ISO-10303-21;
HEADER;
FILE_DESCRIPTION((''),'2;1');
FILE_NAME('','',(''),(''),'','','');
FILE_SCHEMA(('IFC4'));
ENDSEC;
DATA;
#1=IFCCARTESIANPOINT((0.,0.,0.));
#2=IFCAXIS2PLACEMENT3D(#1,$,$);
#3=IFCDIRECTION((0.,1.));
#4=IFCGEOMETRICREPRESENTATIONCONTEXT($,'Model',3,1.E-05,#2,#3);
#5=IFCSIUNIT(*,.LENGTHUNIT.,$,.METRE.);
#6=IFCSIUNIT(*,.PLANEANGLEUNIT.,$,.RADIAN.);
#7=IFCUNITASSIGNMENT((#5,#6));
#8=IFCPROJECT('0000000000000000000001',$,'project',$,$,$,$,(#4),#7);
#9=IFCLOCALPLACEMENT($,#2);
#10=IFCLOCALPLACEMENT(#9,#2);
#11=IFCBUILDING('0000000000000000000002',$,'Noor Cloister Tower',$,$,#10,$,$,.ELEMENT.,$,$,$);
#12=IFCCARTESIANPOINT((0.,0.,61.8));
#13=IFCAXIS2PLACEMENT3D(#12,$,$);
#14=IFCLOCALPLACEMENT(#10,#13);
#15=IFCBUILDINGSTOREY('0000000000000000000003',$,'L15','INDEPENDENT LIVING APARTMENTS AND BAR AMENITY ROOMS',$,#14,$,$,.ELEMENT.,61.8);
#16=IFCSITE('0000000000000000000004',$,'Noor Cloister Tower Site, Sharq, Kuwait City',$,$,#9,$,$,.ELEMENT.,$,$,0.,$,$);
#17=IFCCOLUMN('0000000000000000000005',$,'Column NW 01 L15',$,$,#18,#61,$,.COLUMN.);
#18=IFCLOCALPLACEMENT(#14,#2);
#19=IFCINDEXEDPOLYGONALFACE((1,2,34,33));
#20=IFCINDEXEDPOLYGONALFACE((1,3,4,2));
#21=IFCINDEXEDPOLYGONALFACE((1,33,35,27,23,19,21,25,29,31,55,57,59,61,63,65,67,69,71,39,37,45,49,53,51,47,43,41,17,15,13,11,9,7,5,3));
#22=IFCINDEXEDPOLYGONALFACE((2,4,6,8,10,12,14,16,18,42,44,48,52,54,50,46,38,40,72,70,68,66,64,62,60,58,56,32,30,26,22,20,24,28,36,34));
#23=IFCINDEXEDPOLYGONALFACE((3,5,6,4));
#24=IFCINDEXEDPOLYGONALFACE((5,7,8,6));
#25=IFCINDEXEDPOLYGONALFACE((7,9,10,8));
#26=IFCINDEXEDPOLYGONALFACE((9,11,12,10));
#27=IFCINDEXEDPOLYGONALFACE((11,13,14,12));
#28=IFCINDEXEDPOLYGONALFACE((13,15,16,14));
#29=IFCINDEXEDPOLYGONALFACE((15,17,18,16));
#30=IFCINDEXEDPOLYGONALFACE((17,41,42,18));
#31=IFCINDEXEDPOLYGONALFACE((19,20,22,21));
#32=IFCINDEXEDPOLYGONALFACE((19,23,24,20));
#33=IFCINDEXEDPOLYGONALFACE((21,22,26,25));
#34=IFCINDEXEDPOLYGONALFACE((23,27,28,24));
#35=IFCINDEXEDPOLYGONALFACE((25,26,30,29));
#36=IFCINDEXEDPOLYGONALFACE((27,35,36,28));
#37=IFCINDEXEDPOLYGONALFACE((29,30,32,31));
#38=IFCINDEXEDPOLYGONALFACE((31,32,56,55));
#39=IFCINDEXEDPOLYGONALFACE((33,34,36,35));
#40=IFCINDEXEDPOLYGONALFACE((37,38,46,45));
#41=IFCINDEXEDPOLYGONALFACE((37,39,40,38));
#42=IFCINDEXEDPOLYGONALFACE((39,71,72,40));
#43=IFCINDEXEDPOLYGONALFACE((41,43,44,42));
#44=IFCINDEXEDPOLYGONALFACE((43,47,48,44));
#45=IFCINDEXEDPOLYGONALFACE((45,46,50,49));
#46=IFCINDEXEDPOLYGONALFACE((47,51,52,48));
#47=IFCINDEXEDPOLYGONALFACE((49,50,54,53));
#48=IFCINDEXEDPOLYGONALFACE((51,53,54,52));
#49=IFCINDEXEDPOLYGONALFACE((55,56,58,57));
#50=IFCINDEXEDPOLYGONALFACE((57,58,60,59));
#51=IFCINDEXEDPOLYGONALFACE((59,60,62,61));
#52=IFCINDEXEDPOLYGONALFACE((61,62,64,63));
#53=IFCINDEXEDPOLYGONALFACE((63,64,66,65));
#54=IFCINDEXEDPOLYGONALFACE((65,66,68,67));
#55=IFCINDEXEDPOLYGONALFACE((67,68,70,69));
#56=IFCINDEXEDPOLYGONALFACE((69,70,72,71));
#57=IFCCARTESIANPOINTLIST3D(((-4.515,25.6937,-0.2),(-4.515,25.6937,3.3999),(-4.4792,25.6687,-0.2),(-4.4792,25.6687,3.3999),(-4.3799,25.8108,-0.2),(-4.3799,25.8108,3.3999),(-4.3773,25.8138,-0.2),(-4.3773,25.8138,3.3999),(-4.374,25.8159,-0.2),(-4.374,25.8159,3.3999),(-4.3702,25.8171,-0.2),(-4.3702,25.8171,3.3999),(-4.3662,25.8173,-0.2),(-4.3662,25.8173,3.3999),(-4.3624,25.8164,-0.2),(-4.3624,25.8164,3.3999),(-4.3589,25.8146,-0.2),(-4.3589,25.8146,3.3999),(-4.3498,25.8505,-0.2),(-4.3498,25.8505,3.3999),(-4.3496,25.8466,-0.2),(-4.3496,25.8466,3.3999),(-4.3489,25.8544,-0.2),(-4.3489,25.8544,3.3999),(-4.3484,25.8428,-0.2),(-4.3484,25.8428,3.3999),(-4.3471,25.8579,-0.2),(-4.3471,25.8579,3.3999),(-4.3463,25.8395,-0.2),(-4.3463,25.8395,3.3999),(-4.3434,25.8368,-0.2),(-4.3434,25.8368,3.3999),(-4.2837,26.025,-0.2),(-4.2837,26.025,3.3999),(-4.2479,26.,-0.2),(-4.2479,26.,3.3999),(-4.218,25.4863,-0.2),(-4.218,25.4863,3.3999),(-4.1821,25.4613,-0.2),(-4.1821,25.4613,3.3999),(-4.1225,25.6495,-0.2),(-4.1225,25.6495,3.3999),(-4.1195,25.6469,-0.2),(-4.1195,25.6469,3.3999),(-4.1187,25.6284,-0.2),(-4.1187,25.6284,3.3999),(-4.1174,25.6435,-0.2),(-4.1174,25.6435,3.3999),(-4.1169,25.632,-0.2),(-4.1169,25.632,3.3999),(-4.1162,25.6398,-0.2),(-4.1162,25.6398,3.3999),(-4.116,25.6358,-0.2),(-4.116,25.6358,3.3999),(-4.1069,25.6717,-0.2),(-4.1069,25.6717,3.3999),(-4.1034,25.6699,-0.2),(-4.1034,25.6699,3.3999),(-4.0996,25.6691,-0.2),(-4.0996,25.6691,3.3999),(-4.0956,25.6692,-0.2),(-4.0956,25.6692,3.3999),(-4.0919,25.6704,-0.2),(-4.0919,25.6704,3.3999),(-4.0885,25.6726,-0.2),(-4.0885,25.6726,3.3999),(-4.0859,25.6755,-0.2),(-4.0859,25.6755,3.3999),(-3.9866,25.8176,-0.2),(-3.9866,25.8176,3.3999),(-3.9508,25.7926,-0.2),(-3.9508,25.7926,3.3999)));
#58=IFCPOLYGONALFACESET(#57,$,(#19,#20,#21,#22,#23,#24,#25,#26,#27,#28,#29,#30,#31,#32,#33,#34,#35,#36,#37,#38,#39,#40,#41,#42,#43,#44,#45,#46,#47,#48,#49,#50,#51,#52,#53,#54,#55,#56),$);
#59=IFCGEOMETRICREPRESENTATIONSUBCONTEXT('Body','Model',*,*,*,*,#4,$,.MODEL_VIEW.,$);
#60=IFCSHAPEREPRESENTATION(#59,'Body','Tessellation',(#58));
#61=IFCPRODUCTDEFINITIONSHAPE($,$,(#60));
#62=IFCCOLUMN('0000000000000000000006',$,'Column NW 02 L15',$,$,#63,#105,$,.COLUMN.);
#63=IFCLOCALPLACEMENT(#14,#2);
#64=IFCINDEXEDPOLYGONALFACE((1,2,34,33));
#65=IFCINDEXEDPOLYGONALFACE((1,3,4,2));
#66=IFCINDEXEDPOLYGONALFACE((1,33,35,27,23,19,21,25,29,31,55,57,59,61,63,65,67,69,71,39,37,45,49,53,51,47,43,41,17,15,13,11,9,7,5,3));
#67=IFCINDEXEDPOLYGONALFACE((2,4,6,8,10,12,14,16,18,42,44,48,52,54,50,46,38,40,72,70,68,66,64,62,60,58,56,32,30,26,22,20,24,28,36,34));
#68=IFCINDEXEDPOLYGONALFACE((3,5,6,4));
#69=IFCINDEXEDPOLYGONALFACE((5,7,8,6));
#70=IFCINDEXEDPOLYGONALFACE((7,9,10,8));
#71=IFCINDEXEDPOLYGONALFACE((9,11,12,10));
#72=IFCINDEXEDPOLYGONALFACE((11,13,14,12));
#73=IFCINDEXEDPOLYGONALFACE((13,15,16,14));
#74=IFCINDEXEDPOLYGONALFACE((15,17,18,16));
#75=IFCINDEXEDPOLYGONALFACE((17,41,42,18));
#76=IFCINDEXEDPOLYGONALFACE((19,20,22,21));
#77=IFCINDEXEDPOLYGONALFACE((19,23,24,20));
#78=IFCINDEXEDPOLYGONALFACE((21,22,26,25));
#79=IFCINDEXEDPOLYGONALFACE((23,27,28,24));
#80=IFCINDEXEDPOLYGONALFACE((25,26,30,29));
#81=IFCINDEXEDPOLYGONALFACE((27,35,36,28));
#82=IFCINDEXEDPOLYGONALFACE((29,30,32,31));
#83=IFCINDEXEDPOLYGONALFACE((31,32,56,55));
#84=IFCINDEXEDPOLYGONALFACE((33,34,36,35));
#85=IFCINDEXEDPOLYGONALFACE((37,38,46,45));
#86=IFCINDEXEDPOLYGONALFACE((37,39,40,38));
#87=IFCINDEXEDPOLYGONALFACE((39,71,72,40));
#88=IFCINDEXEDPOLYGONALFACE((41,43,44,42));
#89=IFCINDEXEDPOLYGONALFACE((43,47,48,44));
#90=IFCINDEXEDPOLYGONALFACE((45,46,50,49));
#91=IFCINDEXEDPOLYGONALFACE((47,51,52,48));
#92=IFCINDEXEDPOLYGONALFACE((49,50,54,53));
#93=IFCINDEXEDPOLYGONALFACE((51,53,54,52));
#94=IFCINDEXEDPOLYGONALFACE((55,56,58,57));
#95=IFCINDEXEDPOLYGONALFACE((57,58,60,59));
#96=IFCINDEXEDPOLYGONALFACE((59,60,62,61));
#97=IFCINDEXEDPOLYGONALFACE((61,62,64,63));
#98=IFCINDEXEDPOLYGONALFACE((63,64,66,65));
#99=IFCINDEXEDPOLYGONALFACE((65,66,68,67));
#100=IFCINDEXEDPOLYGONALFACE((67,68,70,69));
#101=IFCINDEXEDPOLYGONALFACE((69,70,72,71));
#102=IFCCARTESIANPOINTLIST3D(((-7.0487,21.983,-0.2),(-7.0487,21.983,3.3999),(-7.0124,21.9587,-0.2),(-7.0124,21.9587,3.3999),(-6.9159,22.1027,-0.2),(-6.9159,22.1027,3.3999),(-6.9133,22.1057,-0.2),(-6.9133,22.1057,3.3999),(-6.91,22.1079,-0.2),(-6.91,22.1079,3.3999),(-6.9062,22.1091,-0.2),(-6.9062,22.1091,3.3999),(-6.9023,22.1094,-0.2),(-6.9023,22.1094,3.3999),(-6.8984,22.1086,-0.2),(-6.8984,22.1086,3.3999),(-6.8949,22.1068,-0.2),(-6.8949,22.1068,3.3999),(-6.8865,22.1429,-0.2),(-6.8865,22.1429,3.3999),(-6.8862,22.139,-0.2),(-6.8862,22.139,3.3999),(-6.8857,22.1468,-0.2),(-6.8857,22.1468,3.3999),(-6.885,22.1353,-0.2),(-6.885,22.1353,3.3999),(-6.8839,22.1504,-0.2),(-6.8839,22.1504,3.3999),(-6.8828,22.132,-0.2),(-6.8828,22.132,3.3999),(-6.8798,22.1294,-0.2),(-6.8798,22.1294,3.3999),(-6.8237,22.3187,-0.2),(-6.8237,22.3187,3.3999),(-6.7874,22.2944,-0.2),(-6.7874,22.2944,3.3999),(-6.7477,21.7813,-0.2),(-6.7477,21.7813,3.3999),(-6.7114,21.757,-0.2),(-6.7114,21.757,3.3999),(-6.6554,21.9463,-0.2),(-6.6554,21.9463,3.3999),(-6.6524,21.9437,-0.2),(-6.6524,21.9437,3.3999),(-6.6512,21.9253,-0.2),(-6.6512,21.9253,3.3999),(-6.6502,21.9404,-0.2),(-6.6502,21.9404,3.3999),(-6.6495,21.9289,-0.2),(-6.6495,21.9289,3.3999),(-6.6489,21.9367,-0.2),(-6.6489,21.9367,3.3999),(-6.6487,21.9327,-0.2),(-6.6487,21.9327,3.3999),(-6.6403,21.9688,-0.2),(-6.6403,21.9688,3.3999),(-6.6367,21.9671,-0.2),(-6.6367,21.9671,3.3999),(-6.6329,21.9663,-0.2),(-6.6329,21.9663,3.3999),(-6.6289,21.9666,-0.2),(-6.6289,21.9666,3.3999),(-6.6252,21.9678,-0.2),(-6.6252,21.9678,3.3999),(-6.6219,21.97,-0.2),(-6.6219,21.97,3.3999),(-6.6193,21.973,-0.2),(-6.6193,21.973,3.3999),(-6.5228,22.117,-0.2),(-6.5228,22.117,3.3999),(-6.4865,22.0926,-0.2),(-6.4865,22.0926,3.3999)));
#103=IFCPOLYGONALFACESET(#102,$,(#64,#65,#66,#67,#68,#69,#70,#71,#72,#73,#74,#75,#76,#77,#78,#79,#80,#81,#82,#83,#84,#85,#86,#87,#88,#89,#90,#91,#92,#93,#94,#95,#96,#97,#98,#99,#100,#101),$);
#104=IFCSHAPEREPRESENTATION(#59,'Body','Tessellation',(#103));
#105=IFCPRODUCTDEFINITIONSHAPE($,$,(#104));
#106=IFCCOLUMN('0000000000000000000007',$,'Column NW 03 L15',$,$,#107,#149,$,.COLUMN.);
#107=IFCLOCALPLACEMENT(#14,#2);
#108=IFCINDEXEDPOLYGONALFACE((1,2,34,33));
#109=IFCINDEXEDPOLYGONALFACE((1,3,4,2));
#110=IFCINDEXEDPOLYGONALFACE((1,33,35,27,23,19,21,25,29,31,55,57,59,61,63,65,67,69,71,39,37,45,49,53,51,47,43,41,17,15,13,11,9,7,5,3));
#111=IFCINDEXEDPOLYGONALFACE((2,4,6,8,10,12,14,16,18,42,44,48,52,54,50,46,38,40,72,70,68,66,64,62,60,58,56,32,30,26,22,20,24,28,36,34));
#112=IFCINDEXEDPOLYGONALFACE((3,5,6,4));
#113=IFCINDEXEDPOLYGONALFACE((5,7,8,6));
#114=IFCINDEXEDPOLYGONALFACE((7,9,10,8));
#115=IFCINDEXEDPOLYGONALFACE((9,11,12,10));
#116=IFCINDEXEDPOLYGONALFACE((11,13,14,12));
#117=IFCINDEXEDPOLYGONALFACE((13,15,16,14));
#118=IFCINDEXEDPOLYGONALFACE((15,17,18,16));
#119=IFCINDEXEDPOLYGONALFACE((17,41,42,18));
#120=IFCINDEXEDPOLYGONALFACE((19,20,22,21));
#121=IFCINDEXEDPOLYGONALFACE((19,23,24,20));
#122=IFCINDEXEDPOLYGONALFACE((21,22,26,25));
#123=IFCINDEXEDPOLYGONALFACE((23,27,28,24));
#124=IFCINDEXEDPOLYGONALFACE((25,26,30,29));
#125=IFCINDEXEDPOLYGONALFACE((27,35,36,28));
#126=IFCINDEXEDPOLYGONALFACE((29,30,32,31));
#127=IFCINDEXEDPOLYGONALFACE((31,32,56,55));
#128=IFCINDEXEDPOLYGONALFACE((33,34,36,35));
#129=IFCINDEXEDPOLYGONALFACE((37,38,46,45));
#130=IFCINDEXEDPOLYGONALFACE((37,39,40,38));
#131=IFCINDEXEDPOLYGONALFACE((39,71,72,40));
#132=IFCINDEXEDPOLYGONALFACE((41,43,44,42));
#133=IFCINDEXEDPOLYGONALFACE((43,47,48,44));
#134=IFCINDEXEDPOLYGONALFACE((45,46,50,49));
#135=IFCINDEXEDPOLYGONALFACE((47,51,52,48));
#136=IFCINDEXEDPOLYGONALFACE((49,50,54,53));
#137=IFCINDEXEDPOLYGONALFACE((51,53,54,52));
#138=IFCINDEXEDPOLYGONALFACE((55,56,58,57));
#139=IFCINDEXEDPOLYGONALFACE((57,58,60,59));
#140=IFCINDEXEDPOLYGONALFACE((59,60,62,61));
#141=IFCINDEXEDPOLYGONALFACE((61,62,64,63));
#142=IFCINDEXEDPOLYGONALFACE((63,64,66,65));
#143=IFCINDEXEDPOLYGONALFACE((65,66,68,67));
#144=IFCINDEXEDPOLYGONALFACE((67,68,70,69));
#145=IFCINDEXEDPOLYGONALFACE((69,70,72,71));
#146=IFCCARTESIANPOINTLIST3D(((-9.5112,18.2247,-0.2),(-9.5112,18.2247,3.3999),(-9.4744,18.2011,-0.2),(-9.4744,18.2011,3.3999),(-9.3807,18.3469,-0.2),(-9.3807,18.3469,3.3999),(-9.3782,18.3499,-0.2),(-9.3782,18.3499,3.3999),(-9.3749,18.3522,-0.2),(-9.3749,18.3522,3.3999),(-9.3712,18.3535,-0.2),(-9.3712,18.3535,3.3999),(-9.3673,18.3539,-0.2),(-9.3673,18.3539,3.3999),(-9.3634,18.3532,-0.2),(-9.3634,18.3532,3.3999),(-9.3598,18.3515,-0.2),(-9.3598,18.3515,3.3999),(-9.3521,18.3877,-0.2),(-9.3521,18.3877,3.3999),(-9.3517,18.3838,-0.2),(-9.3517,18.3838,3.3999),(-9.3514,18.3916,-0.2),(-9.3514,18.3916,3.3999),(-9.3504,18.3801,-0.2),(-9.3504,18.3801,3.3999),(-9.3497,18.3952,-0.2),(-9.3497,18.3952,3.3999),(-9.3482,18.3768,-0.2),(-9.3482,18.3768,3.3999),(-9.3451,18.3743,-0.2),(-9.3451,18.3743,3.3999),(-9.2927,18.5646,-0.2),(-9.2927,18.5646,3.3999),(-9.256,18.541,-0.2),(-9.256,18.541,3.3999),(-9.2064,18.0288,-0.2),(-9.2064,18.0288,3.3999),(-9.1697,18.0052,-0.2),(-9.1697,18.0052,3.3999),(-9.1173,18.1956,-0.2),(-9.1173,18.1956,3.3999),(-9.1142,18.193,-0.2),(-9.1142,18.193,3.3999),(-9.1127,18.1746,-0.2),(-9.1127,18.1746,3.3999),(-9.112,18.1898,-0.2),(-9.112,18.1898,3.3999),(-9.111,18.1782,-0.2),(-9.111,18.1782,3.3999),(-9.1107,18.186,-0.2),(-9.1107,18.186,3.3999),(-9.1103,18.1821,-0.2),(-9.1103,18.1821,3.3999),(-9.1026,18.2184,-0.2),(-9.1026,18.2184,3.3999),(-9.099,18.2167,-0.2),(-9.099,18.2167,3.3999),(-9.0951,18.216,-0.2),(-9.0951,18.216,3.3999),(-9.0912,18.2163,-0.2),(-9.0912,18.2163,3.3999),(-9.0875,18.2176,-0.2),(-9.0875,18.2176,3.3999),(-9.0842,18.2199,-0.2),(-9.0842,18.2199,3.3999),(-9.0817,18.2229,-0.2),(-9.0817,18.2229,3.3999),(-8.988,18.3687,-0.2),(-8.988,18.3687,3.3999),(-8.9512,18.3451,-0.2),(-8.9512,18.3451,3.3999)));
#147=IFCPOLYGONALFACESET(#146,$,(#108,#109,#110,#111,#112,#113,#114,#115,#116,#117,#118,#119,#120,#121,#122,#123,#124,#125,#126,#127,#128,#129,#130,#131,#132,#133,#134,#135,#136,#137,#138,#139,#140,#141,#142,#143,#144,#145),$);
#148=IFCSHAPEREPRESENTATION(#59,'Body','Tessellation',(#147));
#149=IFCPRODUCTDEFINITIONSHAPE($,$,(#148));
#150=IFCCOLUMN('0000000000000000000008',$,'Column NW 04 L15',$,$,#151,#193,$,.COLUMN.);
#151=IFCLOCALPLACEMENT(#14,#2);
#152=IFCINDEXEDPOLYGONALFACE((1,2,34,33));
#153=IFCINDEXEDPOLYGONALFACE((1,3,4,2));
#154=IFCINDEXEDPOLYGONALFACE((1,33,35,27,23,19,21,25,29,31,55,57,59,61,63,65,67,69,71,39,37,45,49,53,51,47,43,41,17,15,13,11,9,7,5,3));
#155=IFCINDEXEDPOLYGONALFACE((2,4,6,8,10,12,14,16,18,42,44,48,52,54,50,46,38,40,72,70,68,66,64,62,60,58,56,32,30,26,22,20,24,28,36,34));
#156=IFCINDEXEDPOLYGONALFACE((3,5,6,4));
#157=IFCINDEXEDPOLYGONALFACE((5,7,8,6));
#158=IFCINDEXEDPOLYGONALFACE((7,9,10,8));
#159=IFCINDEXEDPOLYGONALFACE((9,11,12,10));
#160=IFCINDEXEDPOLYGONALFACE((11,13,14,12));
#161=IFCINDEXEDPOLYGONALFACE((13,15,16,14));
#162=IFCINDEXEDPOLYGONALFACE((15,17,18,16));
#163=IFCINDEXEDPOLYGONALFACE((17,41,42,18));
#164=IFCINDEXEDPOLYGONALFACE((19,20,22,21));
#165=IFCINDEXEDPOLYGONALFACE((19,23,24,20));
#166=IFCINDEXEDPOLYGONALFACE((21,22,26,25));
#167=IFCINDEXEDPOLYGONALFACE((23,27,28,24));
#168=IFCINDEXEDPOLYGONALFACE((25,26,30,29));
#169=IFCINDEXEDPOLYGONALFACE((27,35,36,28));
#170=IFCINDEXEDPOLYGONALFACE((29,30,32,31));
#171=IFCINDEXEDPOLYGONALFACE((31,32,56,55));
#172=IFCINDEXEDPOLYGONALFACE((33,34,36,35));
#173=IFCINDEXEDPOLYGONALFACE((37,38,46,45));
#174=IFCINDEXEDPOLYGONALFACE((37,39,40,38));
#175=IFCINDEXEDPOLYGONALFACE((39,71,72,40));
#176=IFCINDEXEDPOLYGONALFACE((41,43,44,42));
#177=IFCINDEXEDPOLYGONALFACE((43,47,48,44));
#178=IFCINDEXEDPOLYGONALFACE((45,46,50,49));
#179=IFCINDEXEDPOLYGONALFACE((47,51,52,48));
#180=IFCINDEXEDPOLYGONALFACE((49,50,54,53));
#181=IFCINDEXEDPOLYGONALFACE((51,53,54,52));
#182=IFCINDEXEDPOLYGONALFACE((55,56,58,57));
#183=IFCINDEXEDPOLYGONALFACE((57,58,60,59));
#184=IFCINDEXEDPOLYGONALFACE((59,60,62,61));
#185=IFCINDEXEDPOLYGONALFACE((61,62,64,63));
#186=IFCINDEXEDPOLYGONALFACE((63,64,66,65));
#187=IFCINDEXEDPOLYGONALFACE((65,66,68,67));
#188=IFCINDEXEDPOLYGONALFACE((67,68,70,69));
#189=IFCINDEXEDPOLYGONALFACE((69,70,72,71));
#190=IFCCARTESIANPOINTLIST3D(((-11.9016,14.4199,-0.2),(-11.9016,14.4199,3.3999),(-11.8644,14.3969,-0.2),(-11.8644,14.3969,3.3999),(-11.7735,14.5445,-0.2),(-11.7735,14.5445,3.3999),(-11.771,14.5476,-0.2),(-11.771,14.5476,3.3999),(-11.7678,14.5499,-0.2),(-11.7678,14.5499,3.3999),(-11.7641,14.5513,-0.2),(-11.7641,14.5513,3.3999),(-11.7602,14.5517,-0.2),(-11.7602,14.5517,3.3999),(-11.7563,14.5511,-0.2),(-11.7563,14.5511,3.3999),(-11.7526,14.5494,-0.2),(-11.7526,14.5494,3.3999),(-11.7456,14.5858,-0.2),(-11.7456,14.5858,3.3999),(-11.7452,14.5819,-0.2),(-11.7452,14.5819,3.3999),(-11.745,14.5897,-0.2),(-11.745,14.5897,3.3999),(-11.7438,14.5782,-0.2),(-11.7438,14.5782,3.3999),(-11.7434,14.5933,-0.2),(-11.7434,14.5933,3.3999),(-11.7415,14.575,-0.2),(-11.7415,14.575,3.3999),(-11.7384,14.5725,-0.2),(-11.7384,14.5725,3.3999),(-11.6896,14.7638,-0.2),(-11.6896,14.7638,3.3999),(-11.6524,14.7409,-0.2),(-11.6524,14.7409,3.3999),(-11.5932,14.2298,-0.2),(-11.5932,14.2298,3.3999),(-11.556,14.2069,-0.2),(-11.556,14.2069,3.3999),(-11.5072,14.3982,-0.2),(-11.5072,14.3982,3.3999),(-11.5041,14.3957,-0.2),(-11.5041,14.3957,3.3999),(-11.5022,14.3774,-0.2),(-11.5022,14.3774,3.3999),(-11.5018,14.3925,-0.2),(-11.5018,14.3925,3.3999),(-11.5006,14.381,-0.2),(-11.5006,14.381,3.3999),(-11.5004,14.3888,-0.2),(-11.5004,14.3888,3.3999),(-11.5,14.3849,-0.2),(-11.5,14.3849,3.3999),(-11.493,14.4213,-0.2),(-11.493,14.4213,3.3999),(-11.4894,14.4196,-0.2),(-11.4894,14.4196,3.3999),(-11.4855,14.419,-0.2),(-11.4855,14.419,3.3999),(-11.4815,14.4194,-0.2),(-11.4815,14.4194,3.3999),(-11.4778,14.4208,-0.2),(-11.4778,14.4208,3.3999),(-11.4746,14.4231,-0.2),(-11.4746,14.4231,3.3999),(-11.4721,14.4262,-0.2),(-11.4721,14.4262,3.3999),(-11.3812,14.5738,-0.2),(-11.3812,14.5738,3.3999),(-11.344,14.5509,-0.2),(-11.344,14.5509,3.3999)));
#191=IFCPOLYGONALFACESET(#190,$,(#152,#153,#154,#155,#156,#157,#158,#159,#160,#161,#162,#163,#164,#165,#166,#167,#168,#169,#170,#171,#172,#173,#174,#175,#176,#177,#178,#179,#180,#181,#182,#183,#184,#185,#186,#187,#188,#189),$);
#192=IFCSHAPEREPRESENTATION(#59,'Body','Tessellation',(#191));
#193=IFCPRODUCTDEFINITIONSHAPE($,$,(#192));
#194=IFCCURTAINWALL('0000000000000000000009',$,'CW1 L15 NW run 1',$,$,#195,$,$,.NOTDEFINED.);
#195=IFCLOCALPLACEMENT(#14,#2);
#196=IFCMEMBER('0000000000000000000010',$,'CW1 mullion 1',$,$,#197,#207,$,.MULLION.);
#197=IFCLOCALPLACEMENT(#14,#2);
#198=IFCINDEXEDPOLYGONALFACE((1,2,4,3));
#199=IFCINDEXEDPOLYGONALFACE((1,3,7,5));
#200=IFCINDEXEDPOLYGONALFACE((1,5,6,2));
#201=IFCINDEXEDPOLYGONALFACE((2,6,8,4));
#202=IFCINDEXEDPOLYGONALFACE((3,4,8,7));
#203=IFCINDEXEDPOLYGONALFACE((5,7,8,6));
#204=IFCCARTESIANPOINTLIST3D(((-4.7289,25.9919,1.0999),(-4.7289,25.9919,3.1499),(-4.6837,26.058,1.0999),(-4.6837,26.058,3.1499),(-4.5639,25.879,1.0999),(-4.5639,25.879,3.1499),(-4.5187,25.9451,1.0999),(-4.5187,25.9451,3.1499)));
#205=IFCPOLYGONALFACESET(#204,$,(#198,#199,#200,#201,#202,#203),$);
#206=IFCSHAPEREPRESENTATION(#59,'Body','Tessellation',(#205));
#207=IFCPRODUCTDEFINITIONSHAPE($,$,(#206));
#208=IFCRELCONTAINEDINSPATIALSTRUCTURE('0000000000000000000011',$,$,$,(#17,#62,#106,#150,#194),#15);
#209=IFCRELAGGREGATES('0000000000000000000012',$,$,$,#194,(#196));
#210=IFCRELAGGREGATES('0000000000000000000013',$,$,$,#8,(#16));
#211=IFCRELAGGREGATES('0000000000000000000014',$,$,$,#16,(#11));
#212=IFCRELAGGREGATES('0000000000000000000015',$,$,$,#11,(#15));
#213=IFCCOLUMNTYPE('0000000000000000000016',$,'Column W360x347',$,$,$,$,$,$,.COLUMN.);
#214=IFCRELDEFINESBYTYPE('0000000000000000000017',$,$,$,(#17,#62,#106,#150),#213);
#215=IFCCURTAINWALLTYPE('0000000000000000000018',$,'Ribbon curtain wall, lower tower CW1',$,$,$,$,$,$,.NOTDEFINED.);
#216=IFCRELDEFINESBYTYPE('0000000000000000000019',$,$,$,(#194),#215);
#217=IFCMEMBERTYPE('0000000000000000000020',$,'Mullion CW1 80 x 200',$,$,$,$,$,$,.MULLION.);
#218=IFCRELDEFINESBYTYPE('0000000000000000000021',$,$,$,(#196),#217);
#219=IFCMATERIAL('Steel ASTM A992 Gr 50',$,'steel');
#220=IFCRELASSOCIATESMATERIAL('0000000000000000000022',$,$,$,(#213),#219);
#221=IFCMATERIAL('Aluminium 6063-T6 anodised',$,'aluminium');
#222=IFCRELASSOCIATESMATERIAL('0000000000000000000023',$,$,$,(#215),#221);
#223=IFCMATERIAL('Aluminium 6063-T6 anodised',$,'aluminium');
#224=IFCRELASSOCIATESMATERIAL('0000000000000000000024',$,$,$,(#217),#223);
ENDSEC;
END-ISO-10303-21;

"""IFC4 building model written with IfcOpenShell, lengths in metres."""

from ifc_helpers import new_model, si_unit, direction, frame, origin, origin_2d, place, context, subcontext, project, spatial, rectangle, i_section, extrude, material, material_profile, profile_set, type_object, element, aggregate, save


model = new_model("IFC4")

# Units and contexts
model_context = context("Model", 3, precision=1e-05, world=origin(), true_north=direction((0.0, 1.0)))
body_context = subcontext(model_context, "Body", "Model", "MODEL_VIEW")
ifc_project = project(units=[si_unit("LENGTHUNIT", "METRE"), si_unit("PLANEANGLEUNIT", "RADIAN")], contexts=[model_context])

# Site, building, storey
site_placement = place(None, origin())
site = spatial("IfcSite", under=ifc_project, at=site_placement, Name="Noor Cloister Tower Site, Sharq, Kuwait City", CompositionType="ELEMENT", RefElevation=0.0)
building_placement = place(site_placement, origin())
building = spatial("IfcBuilding", under=site, at=building_placement, Name="Noor Cloister Tower", CompositionType="ELEMENT")
storey_placement = place(building_placement, frame((0.0, 0.0, 61.8)))
storey = spatial("IfcBuildingStorey", under=building, at=storey_placement, Name="L15", Description="INDEPENDENT LIVING APARTMENTS AND BAR AMENITY ROOMS", CompositionType="ELEMENT", Elevation=61.8)

# Columns
ifc_material_1 = material(Name="Steel ASTM A992 Gr 50", Category="steel")
ifc_material_profile_1 = material_profile(ifc_material_1, i_section(OverallWidth=0.4041, OverallDepth=0.406, WebThickness=0.0271, FlangeThickness=0.0437, FilletRadius=0.0151, at=origin_2d()), Name="W360x347")
ifc_profile_set_1 = profile_set([ifc_material_profile_1], Name="Steel ASTM A992 Gr 50")
column_type = type_object("IfcColumnType", Name="Column W360x347", PredefinedType="COLUMN", material=ifc_profile_set_1)
for number, where, z_axis, x_axis, name in (
    (1, (-4.2329, 25.7432, -0.2), (0.0, 0.0, 1.0), (-0.572484, -0.819916, 0.0), "Column NW 01 L15"),
    (2, (-6.7676, 22.0378, -0.2), (0.0, 0.0, 1.0), (-0.556723, -0.830698, 0.0), "Column NW 02 L15"),
    (3, (-9.2312, 18.2849, -0.2), (0.0, 0.0, 1.0), (-0.540759, -0.841177, 0.0), "Column NW 03 L15"),
    (4, (-11.6228, 14.4854, -0.2), (0.0, 0.0, 1.0), (-0.524598, -0.85135, 0.0), "Column NW 04 L15"),
):
    element("IfcColumn", number, at=place(storey_placement, frame(where, z_axis=z_axis, x_axis=x_axis)), inside=storey, type_object=column_type, Name=name, PredefinedType="COLUMN", context=body_context, shape_type="SweptSolid", body=[
        extrude(i_section(OverallWidth=0.4041, OverallDepth=0.406, WebThickness=0.0271, FlangeThickness=0.0437, FilletRadius=0.0151, at=origin_2d()), origin(), (0.0, 0.0, 1.0), 3.5999),
    ])

# Curtain wall, member
ifc_material_2 = material(Name="Aluminium 6063-T6 anodised", Category="aluminium")
curtain_wall_type = type_object("IfcCurtainWallType", Name="Ribbon curtain wall, lower tower CW1", PredefinedType="NOTDEFINED", material=ifc_material_2)
curtain_wall_placement = place(storey_placement, origin())
curtain_wall = element("IfcCurtainWall", 5, at=curtain_wall_placement, inside=storey, type_object=curtain_wall_type, Name="CW1 L15 NW run 1", PredefinedType="NOTDEFINED")
ifc_material_3 = material(Name="Aluminium 6063-T6 anodised", Category="aluminium")
ifc_material_profile_2 = material_profile(ifc_material_3, rectangle(XDim=0.2, YDim=0.0801, at=origin_2d()), Name="200 x 80 mullion")
ifc_profile_set_2 = profile_set([ifc_material_profile_2], Name="Aluminium 6063-T6 anodised")
member_type = type_object("IfcMemberType", Name="Mullion CW1 80 x 200", PredefinedType="MULLION", material=ifc_profile_set_2)
member_1_placement = place(storey_placement, frame((-4.6238, 25.9685, 1.0999), z_axis=(0.0, 0.0, 1.0), x_axis=(0.825345, -0.564629, 0.0)))
member_1 = element("IfcMember", 6, at=member_1_placement, type_object=member_type, Name="CW1 mullion 1", PredefinedType="MULLION", context=body_context, shape_type="SweptSolid", body=[
    extrude(rectangle(XDim=0.2, YDim=0.0801, at=origin_2d()), origin(), (0.0, 0.0, 1.0), 2.05),
])

aggregate(curtain_wall, [member_1])

save(model, "model.ifc")
